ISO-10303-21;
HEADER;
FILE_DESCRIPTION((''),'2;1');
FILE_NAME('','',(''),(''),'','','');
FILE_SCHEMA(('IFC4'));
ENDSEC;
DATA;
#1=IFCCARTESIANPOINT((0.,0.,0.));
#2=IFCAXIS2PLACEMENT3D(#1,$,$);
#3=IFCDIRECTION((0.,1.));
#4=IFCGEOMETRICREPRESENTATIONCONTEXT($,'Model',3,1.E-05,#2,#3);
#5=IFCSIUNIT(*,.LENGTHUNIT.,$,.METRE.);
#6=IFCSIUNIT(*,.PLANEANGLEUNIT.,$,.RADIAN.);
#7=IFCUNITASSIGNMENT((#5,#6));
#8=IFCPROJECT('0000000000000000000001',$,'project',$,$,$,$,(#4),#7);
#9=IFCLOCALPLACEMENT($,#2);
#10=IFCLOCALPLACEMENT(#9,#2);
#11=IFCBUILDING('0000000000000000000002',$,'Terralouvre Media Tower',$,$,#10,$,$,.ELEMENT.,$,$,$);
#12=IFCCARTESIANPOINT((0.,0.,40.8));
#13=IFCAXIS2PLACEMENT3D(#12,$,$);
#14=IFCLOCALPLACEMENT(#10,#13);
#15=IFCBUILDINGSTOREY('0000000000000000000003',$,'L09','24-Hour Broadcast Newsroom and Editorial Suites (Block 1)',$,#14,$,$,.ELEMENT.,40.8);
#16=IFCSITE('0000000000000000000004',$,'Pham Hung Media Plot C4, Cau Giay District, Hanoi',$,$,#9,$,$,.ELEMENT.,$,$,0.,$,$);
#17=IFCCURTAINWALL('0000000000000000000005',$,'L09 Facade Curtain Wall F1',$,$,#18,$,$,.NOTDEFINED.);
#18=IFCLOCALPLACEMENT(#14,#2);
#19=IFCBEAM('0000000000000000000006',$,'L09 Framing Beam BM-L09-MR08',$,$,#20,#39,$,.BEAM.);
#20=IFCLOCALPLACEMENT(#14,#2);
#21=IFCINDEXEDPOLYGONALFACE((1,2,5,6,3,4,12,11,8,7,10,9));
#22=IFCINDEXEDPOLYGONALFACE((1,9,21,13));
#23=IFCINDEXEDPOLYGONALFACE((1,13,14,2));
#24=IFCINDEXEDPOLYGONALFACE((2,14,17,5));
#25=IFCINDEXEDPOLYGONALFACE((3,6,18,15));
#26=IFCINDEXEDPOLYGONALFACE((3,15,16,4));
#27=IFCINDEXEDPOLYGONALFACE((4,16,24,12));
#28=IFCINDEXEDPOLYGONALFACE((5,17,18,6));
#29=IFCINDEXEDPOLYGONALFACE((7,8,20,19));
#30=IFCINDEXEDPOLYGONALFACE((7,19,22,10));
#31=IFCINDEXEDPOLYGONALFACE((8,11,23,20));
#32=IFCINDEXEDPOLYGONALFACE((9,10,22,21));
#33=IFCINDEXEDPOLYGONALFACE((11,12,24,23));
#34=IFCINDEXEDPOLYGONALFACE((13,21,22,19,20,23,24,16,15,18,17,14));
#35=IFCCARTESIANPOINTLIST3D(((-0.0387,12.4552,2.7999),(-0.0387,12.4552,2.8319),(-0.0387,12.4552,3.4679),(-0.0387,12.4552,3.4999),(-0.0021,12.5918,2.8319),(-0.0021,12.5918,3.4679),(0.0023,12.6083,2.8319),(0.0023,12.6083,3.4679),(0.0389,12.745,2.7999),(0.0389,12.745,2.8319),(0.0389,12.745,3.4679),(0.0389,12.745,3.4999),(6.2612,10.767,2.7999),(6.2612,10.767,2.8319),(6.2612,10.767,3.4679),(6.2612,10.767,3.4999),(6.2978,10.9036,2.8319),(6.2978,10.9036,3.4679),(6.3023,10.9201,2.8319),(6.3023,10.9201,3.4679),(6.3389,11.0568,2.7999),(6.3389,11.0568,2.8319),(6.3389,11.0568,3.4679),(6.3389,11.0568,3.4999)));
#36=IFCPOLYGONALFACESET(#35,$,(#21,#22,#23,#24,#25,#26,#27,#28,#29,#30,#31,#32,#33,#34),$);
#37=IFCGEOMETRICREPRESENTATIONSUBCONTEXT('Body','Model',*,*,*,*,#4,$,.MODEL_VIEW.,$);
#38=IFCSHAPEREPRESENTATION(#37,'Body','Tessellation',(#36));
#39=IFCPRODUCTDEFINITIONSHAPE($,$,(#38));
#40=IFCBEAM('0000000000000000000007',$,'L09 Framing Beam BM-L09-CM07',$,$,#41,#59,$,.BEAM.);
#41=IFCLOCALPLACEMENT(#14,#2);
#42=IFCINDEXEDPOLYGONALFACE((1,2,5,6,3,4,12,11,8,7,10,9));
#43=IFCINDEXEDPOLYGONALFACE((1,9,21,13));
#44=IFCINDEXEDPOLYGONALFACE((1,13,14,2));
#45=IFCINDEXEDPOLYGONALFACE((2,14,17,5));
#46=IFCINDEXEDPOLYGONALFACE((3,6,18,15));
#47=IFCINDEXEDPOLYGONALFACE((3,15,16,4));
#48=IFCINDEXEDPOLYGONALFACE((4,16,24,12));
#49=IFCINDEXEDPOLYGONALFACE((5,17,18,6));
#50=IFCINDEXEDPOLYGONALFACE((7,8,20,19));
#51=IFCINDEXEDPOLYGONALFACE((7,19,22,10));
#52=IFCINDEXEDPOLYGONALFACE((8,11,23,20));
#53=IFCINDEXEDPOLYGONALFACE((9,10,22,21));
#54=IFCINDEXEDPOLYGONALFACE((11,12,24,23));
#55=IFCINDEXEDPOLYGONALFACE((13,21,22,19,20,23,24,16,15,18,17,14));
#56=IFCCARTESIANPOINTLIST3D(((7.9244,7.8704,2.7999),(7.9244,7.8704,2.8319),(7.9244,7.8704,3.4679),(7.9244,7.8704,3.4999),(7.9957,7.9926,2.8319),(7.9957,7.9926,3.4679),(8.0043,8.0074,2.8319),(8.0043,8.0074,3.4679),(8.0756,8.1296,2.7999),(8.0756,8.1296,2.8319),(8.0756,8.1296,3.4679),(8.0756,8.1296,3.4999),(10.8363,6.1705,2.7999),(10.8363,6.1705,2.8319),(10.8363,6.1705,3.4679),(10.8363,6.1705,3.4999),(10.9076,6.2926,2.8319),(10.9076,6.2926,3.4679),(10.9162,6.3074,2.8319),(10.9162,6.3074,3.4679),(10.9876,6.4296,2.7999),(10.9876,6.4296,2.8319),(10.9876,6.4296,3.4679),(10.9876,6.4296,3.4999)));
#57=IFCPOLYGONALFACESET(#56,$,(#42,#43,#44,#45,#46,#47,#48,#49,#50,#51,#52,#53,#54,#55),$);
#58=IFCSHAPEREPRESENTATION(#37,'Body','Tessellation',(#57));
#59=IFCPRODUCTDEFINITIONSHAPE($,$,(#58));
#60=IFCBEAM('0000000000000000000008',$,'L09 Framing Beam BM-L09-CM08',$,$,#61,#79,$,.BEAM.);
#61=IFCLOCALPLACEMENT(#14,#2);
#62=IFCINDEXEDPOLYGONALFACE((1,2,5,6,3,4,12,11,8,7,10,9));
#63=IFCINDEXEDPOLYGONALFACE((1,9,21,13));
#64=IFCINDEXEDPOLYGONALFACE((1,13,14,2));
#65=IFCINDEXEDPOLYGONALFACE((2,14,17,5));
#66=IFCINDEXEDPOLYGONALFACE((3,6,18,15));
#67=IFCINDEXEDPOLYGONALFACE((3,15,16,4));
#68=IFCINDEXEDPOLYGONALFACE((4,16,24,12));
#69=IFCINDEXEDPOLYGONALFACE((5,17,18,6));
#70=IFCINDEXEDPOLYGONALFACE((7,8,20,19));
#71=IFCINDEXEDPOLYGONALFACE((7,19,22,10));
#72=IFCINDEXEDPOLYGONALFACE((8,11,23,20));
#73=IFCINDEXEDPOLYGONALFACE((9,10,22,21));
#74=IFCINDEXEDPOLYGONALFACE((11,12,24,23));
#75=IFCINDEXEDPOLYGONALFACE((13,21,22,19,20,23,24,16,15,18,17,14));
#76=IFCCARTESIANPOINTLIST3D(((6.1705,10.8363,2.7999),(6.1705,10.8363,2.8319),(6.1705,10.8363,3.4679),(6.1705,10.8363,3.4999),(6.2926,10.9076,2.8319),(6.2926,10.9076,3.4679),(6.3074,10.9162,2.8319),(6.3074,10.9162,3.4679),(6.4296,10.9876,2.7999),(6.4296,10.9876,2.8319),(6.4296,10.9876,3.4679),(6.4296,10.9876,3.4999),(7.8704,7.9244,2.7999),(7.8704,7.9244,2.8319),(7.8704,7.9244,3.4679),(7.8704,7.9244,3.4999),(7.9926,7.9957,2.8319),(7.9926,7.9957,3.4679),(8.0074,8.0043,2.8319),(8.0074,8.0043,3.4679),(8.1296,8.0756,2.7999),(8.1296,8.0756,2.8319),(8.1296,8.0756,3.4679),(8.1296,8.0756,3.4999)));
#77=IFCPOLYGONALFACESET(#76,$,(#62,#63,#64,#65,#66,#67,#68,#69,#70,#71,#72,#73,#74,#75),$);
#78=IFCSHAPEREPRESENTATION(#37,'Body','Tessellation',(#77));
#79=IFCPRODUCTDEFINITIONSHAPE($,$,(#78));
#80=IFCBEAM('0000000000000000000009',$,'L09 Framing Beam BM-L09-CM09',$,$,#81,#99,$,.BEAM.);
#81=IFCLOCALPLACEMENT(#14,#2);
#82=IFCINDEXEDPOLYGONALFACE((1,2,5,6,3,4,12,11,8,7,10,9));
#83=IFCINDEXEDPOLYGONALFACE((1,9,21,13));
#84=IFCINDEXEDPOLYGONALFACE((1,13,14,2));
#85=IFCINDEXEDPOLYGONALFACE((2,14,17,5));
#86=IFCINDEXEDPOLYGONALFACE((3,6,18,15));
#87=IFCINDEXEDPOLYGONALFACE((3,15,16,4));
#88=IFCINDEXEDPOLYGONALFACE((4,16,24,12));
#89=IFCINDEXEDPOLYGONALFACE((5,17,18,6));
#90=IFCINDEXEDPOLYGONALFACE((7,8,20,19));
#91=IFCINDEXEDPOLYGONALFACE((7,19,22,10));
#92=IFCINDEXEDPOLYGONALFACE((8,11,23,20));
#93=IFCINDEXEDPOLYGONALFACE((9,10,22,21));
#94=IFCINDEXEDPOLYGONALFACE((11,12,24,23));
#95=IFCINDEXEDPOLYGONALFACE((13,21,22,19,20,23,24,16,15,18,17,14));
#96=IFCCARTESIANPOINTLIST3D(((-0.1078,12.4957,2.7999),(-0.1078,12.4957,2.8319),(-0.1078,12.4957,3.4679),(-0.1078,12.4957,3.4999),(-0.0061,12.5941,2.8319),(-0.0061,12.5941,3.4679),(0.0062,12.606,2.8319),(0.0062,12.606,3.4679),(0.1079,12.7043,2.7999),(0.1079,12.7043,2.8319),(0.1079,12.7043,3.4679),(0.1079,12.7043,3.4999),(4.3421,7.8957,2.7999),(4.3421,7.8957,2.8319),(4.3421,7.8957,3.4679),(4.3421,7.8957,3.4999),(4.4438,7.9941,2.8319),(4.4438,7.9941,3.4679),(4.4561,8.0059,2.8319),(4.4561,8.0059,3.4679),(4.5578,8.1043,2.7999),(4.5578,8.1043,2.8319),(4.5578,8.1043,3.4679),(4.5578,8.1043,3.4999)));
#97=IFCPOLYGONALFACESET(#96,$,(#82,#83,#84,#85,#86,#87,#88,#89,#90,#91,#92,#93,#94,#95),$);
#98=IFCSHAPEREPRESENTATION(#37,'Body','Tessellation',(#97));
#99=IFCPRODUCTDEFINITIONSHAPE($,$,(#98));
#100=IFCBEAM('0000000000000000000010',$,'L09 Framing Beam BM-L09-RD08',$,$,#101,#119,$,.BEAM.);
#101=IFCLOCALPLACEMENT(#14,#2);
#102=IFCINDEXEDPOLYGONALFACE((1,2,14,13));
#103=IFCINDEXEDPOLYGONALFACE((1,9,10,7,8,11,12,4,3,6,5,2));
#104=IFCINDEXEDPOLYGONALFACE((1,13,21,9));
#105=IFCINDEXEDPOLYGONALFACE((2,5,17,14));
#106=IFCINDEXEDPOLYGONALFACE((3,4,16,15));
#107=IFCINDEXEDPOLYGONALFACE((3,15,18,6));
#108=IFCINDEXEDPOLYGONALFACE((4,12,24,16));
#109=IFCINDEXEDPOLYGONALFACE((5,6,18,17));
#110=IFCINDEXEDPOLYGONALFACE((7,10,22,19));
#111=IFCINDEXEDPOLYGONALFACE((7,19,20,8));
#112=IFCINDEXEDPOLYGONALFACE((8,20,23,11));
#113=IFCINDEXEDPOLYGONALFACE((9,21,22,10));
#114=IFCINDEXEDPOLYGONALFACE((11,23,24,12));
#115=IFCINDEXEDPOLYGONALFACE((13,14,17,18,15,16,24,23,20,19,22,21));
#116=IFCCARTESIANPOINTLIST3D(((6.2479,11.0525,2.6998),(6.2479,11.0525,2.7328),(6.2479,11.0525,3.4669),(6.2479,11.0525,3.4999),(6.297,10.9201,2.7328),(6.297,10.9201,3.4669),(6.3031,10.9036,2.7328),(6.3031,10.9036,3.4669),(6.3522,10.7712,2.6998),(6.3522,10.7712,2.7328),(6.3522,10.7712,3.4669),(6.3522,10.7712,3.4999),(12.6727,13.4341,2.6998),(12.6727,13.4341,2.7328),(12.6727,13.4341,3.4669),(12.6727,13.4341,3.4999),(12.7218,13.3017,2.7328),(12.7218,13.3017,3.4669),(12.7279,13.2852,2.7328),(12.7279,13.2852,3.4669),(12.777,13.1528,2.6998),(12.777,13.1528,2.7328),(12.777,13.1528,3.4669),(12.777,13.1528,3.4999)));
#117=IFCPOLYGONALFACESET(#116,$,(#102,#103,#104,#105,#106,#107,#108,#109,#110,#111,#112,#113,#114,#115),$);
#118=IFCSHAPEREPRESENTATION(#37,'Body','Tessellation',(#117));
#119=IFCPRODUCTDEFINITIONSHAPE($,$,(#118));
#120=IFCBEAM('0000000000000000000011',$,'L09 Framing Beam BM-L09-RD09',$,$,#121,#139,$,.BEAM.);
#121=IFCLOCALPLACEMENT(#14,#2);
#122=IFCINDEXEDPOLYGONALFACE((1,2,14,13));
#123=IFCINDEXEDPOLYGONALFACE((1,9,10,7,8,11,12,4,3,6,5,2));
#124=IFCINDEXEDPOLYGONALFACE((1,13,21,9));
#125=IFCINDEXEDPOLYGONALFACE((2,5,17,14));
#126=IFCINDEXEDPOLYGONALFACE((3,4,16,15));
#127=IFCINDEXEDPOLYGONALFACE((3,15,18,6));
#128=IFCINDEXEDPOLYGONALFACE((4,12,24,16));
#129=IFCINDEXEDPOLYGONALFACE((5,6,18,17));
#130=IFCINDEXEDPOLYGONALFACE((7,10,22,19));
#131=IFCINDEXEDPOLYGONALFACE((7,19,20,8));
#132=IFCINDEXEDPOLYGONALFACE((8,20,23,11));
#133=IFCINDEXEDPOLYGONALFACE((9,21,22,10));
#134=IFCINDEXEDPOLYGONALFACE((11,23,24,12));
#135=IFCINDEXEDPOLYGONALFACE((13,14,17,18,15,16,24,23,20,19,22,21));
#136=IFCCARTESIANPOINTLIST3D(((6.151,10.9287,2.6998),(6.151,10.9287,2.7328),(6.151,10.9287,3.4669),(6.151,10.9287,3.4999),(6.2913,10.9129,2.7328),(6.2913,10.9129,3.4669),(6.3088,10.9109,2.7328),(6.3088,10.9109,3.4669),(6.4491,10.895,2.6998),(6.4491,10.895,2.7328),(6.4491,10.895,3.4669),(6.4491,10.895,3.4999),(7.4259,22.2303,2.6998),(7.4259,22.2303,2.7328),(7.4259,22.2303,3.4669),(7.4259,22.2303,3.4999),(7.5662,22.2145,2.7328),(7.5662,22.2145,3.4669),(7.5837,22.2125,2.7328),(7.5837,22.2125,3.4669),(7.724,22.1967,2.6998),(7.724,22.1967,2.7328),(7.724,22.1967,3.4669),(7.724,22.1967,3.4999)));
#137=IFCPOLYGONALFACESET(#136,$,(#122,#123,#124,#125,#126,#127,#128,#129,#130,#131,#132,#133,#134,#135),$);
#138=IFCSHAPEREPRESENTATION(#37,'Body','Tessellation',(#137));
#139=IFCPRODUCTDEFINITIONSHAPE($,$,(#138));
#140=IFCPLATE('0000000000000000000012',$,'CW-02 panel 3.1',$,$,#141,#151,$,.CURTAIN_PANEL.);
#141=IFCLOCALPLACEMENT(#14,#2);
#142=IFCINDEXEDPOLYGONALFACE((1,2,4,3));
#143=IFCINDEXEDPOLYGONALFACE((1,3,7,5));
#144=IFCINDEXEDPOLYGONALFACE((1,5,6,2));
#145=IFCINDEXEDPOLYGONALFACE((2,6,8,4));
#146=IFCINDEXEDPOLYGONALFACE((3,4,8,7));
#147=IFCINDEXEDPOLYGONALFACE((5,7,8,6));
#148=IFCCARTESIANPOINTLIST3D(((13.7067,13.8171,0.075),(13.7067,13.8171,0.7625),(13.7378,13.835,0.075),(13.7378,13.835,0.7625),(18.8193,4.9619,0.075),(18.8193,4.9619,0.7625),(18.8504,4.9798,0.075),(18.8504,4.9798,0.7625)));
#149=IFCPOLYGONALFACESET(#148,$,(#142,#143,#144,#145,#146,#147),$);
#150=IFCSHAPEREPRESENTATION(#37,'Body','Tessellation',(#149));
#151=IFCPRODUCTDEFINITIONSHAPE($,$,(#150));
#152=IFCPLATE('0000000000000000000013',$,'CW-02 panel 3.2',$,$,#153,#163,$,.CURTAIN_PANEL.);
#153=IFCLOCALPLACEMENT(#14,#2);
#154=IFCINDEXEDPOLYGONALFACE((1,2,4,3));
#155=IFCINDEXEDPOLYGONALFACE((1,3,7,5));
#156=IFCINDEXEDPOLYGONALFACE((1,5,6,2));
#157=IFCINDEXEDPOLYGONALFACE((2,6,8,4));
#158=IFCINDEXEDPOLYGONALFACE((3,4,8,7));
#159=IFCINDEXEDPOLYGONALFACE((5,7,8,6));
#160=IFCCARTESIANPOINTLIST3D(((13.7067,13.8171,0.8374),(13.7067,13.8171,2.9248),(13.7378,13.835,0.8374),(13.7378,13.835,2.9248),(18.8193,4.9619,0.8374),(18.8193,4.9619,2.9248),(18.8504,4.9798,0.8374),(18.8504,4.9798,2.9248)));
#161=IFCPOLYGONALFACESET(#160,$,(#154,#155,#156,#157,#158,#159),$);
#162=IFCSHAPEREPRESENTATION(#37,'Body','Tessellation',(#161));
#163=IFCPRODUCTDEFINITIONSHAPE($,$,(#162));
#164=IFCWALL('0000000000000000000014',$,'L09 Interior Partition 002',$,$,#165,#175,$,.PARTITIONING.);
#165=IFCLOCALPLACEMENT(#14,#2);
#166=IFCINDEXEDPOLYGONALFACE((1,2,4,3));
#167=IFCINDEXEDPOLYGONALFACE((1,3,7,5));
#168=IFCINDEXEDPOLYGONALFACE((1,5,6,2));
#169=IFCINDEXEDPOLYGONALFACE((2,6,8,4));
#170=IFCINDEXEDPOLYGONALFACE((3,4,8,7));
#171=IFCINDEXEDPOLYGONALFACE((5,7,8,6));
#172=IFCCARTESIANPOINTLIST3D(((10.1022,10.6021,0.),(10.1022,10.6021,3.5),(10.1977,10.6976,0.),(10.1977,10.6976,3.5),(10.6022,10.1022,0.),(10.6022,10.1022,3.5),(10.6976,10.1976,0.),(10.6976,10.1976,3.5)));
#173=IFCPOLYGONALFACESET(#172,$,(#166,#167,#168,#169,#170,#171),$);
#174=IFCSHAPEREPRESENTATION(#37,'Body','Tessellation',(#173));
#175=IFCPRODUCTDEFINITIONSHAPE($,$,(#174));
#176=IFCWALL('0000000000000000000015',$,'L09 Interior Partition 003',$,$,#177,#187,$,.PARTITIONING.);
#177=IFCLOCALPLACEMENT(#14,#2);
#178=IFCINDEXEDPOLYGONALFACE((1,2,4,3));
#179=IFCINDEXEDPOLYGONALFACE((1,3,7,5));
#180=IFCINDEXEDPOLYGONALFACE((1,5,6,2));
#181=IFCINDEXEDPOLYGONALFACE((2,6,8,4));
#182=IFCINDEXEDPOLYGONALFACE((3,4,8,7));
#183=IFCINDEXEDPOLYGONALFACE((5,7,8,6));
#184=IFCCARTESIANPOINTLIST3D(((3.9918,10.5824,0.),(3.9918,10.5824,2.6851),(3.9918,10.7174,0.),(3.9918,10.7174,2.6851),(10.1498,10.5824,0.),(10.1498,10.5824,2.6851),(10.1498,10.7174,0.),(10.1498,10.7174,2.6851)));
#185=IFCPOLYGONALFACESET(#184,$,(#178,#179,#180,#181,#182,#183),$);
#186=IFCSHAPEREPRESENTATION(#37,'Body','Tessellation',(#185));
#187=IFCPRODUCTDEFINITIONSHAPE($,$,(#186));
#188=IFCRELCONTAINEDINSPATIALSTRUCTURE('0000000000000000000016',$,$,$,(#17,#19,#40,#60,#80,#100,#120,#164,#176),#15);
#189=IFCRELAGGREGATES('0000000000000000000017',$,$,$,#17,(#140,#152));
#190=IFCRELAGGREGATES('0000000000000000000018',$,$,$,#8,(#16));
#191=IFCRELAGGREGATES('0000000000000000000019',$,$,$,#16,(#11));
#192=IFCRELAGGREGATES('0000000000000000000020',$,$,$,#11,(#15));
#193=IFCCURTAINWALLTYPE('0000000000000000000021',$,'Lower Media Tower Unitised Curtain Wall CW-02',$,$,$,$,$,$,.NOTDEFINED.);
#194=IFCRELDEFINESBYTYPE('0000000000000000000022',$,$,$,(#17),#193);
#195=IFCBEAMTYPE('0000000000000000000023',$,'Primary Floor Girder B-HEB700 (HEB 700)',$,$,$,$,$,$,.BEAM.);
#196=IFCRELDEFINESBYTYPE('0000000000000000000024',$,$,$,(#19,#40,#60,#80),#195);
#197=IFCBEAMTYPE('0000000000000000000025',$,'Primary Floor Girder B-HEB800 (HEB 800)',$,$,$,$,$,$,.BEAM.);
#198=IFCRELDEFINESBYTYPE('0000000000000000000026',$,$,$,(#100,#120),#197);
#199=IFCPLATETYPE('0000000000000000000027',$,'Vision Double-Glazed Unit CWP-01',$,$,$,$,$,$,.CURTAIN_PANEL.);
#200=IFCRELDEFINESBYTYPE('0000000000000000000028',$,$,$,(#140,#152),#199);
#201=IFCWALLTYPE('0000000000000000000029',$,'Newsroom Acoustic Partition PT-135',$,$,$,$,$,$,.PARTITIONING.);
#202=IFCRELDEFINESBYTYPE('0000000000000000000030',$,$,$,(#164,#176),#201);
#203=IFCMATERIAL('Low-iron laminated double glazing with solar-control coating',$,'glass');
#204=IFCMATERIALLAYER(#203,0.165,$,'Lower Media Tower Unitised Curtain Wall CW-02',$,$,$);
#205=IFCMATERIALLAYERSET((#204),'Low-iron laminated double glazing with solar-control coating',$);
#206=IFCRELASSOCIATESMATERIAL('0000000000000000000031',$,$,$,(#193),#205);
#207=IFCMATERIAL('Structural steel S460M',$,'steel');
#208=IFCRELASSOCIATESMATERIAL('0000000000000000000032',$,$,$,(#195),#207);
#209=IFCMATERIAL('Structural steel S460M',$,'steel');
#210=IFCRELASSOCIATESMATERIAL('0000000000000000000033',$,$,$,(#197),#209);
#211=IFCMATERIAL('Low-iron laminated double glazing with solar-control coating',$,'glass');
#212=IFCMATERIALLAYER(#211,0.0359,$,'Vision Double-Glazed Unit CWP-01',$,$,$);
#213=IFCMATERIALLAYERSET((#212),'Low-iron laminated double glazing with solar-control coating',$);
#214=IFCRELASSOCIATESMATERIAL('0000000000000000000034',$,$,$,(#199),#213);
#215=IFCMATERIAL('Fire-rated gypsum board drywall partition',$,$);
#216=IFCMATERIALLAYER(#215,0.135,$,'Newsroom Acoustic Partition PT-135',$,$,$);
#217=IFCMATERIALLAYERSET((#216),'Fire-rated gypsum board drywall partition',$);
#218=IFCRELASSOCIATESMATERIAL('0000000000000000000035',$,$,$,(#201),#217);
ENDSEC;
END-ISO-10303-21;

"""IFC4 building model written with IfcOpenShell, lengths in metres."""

from ifc_helpers import new_model, si_unit, direction, frame, frame_2d, origin, origin_2d, place, context, subcontext, project, spatial, rectangle, i_section, extrude, material, layer, layer_set, material_profile, profile_set, type_object, element, aggregate, save


model = new_model("IFC4")

# Units and contexts
model_context = context("Model", 3, precision=1e-05, world=origin(), true_north=direction((0.0, 1.0)))
body_context = subcontext(model_context, "Body", "Model", "MODEL_VIEW")
ifc_project = project(units=[si_unit("LENGTHUNIT", "METRE"), si_unit("PLANEANGLEUNIT", "RADIAN")], contexts=[model_context])

# Site, building, storey
site_placement = place(None, origin())
site = spatial("IfcSite", under=ifc_project, at=site_placement, Name="Pham Hung Media Plot C4, Cau Giay District, Hanoi", CompositionType="ELEMENT", RefElevation=0.0)
building_placement = place(site_placement, origin())
building = spatial("IfcBuilding", under=site, at=building_placement, Name="Terralouvre Media Tower", CompositionType="ELEMENT")
storey_placement = place(building_placement, frame((0.0, 0.0, 40.8)))
storey = spatial("IfcBuildingStorey", under=building, at=storey_placement, Name="L09", Description="24-Hour Broadcast Newsroom and Editorial Suites (Block 1)", CompositionType="ELEMENT", Elevation=40.8)

# Curtain wall
ifc_material_1 = material(Name="Low-iron laminated double glazing with solar-control coating", Category="glass")
ifc_layer_1 = layer(ifc_material_1, 0.165, Name="Lower Media Tower Unitised Curtain Wall CW-02")
ifc_layer_set_1 = layer_set([ifc_layer_1], Name="Low-iron laminated double glazing with solar-control coating")
curtain_wall_type = type_object("IfcCurtainWallType", Name="Lower Media Tower Unitised Curtain Wall CW-02", PredefinedType="NOTDEFINED", material=ifc_layer_set_1)
curtain_wall_placement = place(storey_placement, origin())
curtain_wall = element("IfcCurtainWall", 1, at=curtain_wall_placement, inside=storey, type_object=curtain_wall_type, Name="L09 Facade Curtain Wall F1", PredefinedType="NOTDEFINED")

# Beams
ifc_material_2 = material(Name="Structural steel S460M", Category="steel")
ifc_material_profile_1 = material_profile(ifc_material_2, i_section(OverallWidth=0.3, OverallDepth=0.7, WebThickness=0.0171, FlangeThickness=0.032, at=origin_2d()), Name="HEB 700")
ifc_profile_set_1 = profile_set([ifc_material_profile_1], Name="Structural steel S460M")
beam_type_1 = type_object("IfcBeamType", Name="Primary Floor Girder B-HEB700 (HEB 700)", PredefinedType="BEAM", material=ifc_profile_set_1)
beam_1_placement = place(storey_placement, frame((6.3, 10.9119, 3.1499), z_axis=(-0.96592, 0.258839, 0.0), x_axis=(-0.258839, -0.96592, 0.0)))
element("IfcBeam", 2, at=beam_1_placement, inside=storey, type_object=beam_type_1, Name="L09 Framing Beam BM-L09-MR08", PredefinedType="BEAM", context=body_context, shape_type="SweptSolid", body=[
    extrude(i_section(OverallWidth=0.3, OverallDepth=0.7, WebThickness=0.0171, FlangeThickness=0.032, at=origin_2d()), origin(), (0.0, 0.0, 1.0), 6.5222),
])
for number, where, z_axis, x_axis, name in (
    (3, (8.0, 8.0, 3.1499), (0.863603, -0.504173, 0.0), (0.504173, 0.863603, 0.0), "L09 Framing Beam BM-L09-CM07"),
    (4, (8.0, 8.0, 3.1499), (-0.504173, 0.863603, 0.0), (-0.863603, -0.504173, 0.0), "L09 Framing Beam BM-L09-CM08"),
):
    element("IfcBeam", number, at=place(storey_placement, frame(where, z_axis=z_axis, x_axis=x_axis)), inside=storey, type_object=beam_type_1, Name=name, PredefinedType="BEAM", context=body_context, shape_type="SweptSolid", body=[
        extrude(i_section(OverallWidth=0.3, OverallDepth=0.7, WebThickness=0.0171, FlangeThickness=0.032, at=origin_2d()), origin(), (0.0, 0.0, 1.0), 3.3718),
    ])
beam_2_placement = place(storey_placement, frame((4.45, 8.0, 3.1499), z_axis=(-0.69528, 0.718739, 0.0), x_axis=(-0.718739, -0.69528, 0.0)))
element("IfcBeam", 5, at=beam_2_placement, inside=storey, type_object=beam_type_1, Name="L09 Framing Beam BM-L09-CM09", PredefinedType="BEAM", context=body_context, shape_type="SweptSolid", body=[
    extrude(i_section(OverallWidth=0.3, OverallDepth=0.7, WebThickness=0.0171, FlangeThickness=0.032, at=origin_2d()), origin(), (0.0, 0.0, 1.0), 6.4001),
])
ifc_material_3 = material(Name="Structural steel S460M", Category="steel")
ifc_material_profile_2 = material_profile(ifc_material_3, i_section(OverallWidth=0.3, OverallDepth=0.8, WebThickness=0.0176, FlangeThickness=0.033, at=origin_2d()), Name="HEB 800")
ifc_profile_set_2 = profile_set([ifc_material_profile_2], Name="Structural steel S460M")
beam_type_2 = type_object("IfcBeamType", Name="Primary Floor Girder B-HEB800 (HEB 800)", PredefinedType="BEAM", material=ifc_profile_set_2)
beam_3_placement = place(storey_placement, frame((6.3, 10.9119, 3.0999), z_axis=(0.937652, 0.347575, 0.0), x_axis=(-0.347575, 0.937652, 0.0)))
element("IfcBeam", 6, at=beam_3_placement, inside=storey, type_object=beam_type_2, Name="L09 Framing Beam BM-L09-RD08", PredefinedType="BEAM", context=body_context, shape_type="SweptSolid", body=[
    extrude(i_section(OverallWidth=0.3, OverallDepth=0.8, WebThickness=0.0176, FlangeThickness=0.033, at=origin_2d()), origin(), (0.0, 0.0, 1.0), 6.8521),
])
beam_4_placement = place(storey_placement, frame((6.3, 10.9119, 3.0999), z_axis=(0.112097, 0.993697, 0.0), x_axis=(-0.993697, 0.112097, 0.0)))
element("IfcBeam", 7, at=beam_4_placement, inside=storey, type_object=beam_type_2, Name="L09 Framing Beam BM-L09-RD09", PredefinedType="BEAM", context=body_context, shape_type="SweptSolid", body=[
    extrude(i_section(OverallWidth=0.3, OverallDepth=0.8, WebThickness=0.0176, FlangeThickness=0.033, at=origin_2d()), origin(), (0.0, 0.0, 1.0), 11.3733),
])

# Plates
ifc_material_4 = material(Name="Low-iron laminated double glazing with solar-control coating", Category="glass")
ifc_layer_2 = layer(ifc_material_4, 0.0359, Name="Vision Double-Glazed Unit CWP-01")
ifc_layer_set_2 = layer_set([ifc_layer_2], Name="Low-iron laminated double glazing with solar-control coating")
plate_type = type_object("IfcPlateType", Name="Vision Double-Glazed Unit CWP-01", PredefinedType="CURTAIN_PANEL", material=ifc_layer_set_2)
plate_1_placement = place(storey_placement, frame((16.2786, 9.3984, 0.075), z_axis=(0.0, 0.0, 1.0), x_axis=(-0.5, 0.866025, 0.0)))
plate_1 = element("IfcPlate", 8, at=plate_1_placement, type_object=plate_type, Name="CW-02 panel 3.1", PredefinedType="CURTAIN_PANEL", context=body_context, shape_type="SweptSolid", body=[
    extrude(rectangle(XDim=10.2251, YDim=0.0359, at=origin_2d()), origin(), (0.0, 0.0, 1.0), 0.6875),
])
plate_2_placement = place(storey_placement, frame((16.2786, 9.3984, 0.8374), z_axis=(0.0, 0.0, 1.0), x_axis=(-0.5, 0.866025, 0.0)))
plate_2 = element("IfcPlate", 9, at=plate_2_placement, type_object=plate_type, Name="CW-02 panel 3.2", PredefinedType="CURTAIN_PANEL", context=body_context, shape_type="SweptSolid", body=[
    extrude(rectangle(XDim=10.2251, YDim=0.0359, at=origin_2d()), origin(), (0.0, 0.0, 1.0), 2.0874),
])
aggregate(curtain_wall, [plate_1, plate_2])

# Walls
ifc_material_5 = material(Name="Fire-rated gypsum board drywall partition")
ifc_layer_3 = layer(ifc_material_5, 0.135, Name="Newsroom Acoustic Partition PT-135")
ifc_layer_set_3 = layer_set([ifc_layer_3], Name="Fire-rated gypsum board drywall partition")
wall_type = type_object("IfcWallType", Name="Newsroom Acoustic Partition PT-135", PredefinedType="PARTITIONING", material=ifc_layer_set_3)
wall_1_placement = place(storey_placement, frame((10.6499, 10.1499, 0.0), z_axis=(0.0, 0.0, 1.0), x_axis=(-0.707107, 0.707107, 0.0)))
element("IfcWall", 10, at=wall_1_placement, inside=storey, type_object=wall_type, Name="L09 Interior Partition 002", PredefinedType="PARTITIONING", context=body_context, shape_type="SweptSolid", body=[
    extrude(rectangle(XDim=0.707, YDim=0.135, at=frame_2d((0.3535, 0.0))), origin(), (0.0, 0.0, 1.0), 3.5),
])
wall_2_placement = place(storey_placement, frame((10.1499, 10.6499, 0.0), z_axis=(0.0, 0.0, 1.0), x_axis=(-1.0, 0.0, 0.0)))
element("IfcWall", 11, at=wall_2_placement, inside=storey, type_object=wall_type, Name="L09 Interior Partition 003", PredefinedType="PARTITIONING", context=body_context, shape_type="SweptSolid", body=[
    extrude(rectangle(XDim=6.158, YDim=0.135, at=frame_2d((3.0791, 0.0))), origin(), (0.0, 0.0, 1.0), 2.6851),
])

save(model, "model.ifc")
